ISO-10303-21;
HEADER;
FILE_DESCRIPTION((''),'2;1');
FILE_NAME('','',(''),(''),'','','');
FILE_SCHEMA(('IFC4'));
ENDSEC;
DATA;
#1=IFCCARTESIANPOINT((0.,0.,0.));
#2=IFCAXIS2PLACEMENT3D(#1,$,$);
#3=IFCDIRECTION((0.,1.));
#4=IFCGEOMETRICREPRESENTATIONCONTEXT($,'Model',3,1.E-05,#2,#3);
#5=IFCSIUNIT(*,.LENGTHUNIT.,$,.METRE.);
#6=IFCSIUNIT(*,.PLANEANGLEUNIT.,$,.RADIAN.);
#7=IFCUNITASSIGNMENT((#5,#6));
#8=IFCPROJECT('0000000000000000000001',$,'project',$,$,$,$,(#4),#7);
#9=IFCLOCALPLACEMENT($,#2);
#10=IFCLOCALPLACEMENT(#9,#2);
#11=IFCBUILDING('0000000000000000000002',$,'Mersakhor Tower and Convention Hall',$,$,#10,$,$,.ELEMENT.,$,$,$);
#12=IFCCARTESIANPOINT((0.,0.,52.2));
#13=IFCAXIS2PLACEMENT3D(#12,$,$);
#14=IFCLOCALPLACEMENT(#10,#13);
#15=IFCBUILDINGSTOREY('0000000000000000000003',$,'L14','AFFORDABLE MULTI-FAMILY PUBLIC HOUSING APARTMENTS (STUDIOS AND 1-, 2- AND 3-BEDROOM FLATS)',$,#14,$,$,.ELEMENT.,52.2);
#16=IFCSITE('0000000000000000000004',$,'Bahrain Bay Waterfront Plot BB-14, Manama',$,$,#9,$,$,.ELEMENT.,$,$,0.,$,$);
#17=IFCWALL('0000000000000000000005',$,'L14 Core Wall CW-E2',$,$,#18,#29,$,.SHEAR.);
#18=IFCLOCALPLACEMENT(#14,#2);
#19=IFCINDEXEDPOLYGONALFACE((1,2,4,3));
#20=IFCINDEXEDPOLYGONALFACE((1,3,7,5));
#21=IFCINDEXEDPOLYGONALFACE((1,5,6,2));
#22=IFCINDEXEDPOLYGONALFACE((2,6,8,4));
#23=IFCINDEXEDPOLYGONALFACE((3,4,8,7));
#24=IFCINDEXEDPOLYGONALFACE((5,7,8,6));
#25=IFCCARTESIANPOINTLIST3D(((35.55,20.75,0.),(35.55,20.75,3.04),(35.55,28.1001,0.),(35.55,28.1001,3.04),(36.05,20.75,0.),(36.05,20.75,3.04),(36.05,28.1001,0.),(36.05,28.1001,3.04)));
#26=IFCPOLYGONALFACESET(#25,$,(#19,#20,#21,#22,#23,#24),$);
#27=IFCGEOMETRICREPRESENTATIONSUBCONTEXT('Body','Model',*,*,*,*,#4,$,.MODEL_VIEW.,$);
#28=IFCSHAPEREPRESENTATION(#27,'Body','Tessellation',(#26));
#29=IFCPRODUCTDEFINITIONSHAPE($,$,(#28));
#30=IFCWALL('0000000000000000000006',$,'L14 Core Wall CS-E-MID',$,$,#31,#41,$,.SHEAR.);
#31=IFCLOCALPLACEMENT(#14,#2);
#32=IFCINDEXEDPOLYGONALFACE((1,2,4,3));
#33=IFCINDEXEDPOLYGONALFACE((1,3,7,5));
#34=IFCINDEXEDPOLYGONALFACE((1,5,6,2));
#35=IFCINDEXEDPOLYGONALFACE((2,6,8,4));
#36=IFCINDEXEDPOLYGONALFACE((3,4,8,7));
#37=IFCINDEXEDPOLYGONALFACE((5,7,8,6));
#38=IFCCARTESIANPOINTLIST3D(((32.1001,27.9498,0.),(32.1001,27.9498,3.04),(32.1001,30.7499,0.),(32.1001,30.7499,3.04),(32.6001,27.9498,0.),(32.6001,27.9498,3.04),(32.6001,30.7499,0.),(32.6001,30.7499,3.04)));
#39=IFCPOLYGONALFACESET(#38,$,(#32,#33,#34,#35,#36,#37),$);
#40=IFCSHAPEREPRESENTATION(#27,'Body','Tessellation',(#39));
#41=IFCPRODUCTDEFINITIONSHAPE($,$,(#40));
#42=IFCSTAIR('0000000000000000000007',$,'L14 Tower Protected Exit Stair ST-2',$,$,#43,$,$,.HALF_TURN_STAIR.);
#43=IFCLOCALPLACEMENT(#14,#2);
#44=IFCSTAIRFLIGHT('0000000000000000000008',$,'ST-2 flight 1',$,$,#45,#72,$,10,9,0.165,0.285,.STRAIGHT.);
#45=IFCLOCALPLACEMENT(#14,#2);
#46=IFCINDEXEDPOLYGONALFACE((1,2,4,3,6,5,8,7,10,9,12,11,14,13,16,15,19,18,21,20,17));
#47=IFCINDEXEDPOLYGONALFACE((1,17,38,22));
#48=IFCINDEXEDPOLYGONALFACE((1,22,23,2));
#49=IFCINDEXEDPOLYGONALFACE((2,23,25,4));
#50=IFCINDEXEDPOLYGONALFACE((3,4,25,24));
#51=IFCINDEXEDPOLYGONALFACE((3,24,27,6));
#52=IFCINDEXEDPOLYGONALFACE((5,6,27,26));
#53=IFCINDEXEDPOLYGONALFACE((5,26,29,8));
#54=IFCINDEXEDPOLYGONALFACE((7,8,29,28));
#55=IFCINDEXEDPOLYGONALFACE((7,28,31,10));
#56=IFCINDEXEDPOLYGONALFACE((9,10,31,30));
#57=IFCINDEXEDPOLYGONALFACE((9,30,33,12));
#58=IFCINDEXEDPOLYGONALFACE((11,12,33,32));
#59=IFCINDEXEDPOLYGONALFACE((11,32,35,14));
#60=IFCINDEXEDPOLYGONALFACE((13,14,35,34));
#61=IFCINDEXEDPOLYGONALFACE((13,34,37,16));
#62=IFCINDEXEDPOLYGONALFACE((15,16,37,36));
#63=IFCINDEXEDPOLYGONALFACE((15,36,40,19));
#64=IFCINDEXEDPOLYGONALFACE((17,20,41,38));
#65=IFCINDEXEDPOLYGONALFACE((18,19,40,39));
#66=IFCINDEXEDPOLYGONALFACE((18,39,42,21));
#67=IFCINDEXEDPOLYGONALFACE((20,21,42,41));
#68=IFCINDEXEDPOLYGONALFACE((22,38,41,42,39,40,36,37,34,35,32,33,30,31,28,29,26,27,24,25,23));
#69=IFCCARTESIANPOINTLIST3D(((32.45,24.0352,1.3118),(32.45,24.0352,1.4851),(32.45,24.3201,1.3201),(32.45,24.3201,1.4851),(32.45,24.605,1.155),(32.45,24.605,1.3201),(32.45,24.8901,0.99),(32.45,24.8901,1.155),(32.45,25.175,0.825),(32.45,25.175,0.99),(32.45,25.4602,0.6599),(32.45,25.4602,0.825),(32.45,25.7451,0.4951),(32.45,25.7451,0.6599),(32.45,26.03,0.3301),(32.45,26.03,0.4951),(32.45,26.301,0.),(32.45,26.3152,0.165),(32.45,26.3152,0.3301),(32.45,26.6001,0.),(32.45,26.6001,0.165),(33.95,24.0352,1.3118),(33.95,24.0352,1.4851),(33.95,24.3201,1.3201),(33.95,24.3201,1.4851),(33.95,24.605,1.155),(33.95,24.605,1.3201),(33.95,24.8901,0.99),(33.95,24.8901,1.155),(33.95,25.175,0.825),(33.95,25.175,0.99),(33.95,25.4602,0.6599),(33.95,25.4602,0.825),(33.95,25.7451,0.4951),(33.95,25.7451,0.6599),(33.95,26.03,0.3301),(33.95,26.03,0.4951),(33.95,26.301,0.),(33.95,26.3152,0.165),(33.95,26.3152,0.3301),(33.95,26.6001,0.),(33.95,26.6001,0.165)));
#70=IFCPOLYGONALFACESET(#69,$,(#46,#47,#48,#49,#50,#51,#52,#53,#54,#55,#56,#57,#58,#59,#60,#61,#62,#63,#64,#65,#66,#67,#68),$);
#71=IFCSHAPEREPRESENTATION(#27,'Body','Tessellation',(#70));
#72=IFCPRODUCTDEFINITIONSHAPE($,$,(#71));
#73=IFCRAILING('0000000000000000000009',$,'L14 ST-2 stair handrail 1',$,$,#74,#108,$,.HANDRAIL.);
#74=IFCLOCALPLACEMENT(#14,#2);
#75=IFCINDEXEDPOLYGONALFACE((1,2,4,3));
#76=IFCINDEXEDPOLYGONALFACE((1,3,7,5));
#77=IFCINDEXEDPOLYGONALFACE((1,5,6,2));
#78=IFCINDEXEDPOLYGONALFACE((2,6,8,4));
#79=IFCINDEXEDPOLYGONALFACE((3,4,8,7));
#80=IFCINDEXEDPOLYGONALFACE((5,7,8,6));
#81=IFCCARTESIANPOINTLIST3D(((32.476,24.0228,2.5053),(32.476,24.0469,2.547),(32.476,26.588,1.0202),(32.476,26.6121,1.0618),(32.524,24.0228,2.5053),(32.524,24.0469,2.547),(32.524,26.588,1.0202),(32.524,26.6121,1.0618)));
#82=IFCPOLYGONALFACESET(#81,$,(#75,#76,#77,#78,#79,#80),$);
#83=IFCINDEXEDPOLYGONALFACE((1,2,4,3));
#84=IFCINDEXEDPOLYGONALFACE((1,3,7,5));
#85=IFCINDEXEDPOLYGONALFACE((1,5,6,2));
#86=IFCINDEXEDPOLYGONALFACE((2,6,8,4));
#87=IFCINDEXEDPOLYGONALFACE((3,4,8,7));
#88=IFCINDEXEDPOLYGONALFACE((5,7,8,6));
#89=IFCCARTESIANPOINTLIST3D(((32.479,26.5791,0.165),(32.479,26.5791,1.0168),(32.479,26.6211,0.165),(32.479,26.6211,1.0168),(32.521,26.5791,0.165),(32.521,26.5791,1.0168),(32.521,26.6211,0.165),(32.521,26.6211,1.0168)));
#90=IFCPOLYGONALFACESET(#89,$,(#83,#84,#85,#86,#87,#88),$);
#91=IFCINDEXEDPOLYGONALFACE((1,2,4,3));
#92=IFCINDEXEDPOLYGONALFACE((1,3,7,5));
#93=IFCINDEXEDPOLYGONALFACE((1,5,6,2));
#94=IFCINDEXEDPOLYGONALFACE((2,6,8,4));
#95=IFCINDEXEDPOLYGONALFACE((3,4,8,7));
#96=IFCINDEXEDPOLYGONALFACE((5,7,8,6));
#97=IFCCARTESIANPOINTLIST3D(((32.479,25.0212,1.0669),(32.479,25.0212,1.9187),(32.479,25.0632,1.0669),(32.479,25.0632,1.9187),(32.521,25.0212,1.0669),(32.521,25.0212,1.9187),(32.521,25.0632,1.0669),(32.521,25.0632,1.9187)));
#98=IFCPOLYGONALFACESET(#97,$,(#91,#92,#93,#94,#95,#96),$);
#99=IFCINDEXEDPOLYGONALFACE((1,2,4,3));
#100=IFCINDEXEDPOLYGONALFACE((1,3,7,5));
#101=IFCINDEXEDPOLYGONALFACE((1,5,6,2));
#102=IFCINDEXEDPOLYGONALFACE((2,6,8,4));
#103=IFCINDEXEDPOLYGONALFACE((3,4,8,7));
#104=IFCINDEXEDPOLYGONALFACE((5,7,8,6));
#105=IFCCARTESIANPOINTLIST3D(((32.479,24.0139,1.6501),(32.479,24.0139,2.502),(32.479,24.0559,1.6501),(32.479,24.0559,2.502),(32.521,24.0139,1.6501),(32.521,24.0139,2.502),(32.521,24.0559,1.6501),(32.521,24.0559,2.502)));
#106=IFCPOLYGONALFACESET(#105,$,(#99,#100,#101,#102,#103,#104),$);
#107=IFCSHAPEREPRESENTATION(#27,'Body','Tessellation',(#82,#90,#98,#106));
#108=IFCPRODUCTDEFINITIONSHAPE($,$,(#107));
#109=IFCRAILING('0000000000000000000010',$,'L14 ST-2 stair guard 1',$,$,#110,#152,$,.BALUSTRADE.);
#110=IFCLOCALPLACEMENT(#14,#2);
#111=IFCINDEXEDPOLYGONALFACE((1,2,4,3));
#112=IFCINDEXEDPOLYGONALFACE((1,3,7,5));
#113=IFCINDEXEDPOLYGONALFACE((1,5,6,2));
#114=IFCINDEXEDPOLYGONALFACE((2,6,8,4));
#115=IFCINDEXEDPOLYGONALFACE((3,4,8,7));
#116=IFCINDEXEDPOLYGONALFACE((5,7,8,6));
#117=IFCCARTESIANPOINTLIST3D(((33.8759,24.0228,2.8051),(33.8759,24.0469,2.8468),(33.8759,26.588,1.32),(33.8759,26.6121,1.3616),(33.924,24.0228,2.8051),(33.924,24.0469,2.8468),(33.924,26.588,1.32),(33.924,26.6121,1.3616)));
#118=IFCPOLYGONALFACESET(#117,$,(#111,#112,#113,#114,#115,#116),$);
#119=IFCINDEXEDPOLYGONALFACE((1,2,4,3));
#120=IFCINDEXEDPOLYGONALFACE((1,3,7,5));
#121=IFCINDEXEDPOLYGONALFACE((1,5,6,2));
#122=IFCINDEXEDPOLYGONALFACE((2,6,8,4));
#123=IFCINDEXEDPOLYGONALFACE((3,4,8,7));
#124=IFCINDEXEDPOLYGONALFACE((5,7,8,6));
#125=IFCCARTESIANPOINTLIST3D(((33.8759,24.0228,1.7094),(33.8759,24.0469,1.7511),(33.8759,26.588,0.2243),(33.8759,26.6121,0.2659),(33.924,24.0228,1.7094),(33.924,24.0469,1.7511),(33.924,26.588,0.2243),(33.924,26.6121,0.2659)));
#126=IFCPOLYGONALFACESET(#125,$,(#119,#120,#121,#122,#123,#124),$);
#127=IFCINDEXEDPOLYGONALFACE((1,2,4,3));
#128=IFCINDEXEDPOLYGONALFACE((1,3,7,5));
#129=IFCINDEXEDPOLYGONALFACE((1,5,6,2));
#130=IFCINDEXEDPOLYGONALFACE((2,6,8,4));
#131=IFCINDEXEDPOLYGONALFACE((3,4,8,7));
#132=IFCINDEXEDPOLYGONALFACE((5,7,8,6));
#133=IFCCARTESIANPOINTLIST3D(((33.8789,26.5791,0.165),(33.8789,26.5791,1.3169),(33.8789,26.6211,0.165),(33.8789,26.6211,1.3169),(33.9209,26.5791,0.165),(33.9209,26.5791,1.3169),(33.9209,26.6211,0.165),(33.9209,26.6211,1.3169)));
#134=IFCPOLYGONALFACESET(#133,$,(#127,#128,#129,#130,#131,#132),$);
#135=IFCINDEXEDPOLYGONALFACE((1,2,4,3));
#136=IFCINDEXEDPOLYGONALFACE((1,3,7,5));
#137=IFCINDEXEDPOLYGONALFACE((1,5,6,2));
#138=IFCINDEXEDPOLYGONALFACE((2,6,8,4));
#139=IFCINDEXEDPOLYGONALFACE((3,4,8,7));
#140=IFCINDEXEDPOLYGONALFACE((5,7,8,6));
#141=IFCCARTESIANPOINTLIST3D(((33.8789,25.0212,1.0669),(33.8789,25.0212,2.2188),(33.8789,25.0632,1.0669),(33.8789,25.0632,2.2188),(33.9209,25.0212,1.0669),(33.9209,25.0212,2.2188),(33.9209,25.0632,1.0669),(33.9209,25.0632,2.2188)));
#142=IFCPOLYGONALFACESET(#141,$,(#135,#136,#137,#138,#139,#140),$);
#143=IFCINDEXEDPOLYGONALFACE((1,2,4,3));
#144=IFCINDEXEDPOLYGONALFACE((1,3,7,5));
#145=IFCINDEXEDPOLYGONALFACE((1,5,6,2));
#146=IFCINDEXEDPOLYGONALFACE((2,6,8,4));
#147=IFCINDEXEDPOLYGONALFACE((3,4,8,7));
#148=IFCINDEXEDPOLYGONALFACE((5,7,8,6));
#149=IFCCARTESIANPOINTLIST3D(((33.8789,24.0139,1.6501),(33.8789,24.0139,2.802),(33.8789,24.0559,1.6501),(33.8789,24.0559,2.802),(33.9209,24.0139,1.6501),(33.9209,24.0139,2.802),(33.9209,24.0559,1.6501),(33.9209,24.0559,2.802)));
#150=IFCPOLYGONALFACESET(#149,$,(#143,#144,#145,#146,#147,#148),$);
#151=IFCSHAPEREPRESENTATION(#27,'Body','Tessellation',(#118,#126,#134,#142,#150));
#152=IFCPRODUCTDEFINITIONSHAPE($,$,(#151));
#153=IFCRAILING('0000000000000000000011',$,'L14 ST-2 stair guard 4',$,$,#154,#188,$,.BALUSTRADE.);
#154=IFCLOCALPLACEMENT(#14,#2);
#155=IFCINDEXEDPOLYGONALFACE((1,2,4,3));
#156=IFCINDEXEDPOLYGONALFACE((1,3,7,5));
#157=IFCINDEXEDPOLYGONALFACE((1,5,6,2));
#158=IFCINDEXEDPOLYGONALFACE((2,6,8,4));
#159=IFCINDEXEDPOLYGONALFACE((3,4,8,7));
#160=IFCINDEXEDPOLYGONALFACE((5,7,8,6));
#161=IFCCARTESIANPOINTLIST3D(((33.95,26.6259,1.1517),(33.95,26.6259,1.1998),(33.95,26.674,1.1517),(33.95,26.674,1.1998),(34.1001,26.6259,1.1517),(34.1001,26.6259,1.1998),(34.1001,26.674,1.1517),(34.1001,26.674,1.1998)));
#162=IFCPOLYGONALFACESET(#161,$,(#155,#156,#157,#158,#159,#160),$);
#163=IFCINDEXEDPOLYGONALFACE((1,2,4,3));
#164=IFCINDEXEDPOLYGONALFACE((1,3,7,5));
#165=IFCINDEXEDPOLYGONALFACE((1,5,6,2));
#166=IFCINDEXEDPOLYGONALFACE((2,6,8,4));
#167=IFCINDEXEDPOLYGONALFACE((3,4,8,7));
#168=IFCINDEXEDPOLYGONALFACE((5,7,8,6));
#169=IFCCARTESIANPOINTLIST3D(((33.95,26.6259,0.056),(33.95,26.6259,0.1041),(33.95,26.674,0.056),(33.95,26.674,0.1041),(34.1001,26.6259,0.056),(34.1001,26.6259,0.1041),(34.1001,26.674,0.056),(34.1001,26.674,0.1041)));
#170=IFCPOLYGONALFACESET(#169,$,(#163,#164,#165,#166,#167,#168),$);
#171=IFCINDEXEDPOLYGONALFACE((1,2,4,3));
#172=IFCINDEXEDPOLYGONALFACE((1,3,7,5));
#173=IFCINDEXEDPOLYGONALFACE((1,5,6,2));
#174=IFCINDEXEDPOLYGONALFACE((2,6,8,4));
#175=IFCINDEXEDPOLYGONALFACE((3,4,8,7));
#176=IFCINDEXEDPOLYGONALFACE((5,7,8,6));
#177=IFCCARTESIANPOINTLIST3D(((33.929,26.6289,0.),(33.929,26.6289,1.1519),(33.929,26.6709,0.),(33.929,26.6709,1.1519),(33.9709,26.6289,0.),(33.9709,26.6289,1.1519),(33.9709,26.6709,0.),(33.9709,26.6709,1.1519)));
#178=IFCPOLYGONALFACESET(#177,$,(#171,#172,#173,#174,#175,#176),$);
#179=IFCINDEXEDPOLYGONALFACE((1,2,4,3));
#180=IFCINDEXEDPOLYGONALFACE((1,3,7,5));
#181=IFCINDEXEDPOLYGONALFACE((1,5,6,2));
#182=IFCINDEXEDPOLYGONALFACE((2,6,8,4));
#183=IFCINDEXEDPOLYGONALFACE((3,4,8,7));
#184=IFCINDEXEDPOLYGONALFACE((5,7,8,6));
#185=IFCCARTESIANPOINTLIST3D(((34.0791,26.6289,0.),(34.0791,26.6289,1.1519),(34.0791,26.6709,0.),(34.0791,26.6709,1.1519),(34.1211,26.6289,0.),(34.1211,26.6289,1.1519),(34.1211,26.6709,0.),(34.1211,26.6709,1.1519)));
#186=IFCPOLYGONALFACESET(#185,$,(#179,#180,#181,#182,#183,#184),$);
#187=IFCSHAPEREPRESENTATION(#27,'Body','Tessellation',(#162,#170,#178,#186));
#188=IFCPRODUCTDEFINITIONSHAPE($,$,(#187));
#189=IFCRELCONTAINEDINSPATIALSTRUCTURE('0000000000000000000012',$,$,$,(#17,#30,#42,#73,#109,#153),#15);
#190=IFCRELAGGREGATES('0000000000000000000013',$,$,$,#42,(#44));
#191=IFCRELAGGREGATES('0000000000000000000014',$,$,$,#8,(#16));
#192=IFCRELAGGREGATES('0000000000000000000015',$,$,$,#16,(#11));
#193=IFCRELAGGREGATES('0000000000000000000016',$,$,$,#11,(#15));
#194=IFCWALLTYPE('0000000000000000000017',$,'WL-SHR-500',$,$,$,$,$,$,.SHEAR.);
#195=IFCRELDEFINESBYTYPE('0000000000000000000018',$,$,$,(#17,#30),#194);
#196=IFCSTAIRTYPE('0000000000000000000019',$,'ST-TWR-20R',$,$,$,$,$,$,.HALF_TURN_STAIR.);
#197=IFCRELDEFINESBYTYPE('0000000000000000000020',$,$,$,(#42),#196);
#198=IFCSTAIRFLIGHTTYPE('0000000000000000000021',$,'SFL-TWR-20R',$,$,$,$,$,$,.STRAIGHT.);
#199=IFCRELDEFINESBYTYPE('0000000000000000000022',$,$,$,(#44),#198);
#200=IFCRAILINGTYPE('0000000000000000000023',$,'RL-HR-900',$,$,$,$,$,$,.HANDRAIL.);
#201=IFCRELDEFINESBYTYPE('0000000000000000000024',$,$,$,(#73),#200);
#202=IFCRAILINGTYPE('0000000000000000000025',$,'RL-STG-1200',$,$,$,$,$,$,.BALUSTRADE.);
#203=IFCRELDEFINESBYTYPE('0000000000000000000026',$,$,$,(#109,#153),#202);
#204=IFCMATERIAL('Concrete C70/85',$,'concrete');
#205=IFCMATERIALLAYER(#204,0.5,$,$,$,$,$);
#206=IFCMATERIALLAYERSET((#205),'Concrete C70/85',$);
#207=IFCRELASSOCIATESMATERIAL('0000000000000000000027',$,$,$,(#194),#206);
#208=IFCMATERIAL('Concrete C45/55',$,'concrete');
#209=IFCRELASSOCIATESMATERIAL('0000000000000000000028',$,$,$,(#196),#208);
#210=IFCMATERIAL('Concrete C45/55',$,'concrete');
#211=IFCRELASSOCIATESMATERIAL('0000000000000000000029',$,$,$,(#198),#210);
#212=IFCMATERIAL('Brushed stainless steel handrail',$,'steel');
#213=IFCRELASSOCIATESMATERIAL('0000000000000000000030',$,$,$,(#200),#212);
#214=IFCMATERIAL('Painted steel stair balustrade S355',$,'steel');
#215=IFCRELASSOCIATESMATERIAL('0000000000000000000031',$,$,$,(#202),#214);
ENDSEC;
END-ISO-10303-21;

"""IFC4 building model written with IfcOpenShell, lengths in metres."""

from ifc_helpers import new_model, si_unit, direction, frame, frame_2d, origin, origin_2d, place, context, subcontext, project, spatial, polyline, rectangle, outline, extrude, material, layer, layer_set, type_object, element, aggregate, save


model = new_model("IFC4")

# Units and contexts
model_context = context("Model", 3, precision=1e-05, world=origin(), true_north=direction((0.0, 1.0)))
body_context = subcontext(model_context, "Body", "Model", "MODEL_VIEW")
ifc_project = project(units=[si_unit("LENGTHUNIT", "METRE"), si_unit("PLANEANGLEUNIT", "RADIAN")], contexts=[model_context])

# Site, building, storey
site_placement = place(None, origin())
site = spatial("IfcSite", under=ifc_project, at=site_placement, Name="Bahrain Bay Waterfront Plot BB-14, Manama", CompositionType="ELEMENT", RefElevation=0.0)
building_placement = place(site_placement, origin())
building = spatial("IfcBuilding", under=site, at=building_placement, Name="Mersakhor Tower and Convention Hall", CompositionType="ELEMENT")
storey_placement = place(building_placement, frame((0.0, 0.0, 52.2)))
storey = spatial("IfcBuildingStorey", under=building, at=storey_placement, Name="L14", Description="AFFORDABLE MULTI-FAMILY PUBLIC HOUSING APARTMENTS (STUDIOS AND 1-, 2- AND 3-BEDROOM FLATS)", CompositionType="ELEMENT", Elevation=52.2)

# Shared definitions
ifc_material_1 = material(Name="Concrete C70/85", Category="concrete")
ifc_layer_1 = layer(ifc_material_1, 0.5)
ifc_layer_set_1 = layer_set([ifc_layer_1], Name="Concrete C70/85")
wall_type_1 = type_object("IfcWallType", Name="WL-SHR-500", PredefinedType="SHEAR", material=ifc_layer_set_1)

# Walls
wall_1_placement = place(storey_placement, frame((35.8, 28.1001, 0.0), z_axis=(0.0, 0.0, 1.0), x_axis=(0.0, -1.0, 0.0)))
element("IfcWall", 1, at=wall_1_placement, inside=storey, type_object=wall_type_1, Name="L14 Core Wall CW-E2", PredefinedType="SHEAR", context=body_context, shape_type="SweptSolid", body=[
    extrude(rectangle(XDim=7.3501, YDim=0.5, at=frame_2d((3.675, 0.0))), origin(), (0.0, 0.0, 1.0), 3.04),
])
wall_2_placement = place(storey_placement, frame((32.3501, 27.95, 0.0), z_axis=(0.0, 0.0, 1.0), x_axis=(0.0, 1.0, 0.0)))
element("IfcWall", 2, at=wall_2_placement, inside=storey, type_object=wall_type_1, Name="L14 Core Wall CS-E-MID", PredefinedType="SHEAR", context=body_context, shape_type="SweptSolid", body=[
    extrude(rectangle(XDim=2.8, YDim=0.5, at=frame_2d((1.3999, 0.0))), origin(), (0.0, 0.0, 1.0), 3.04),
])

# Stair, stair flight
ifc_material_2 = material(Name="Concrete C45/55", Category="concrete")
stair_type = type_object("IfcStairType", Name="ST-TWR-20R", PredefinedType="HALF_TURN_STAIR", material=ifc_material_2)
stair_placement = place(storey_placement, origin())
stair = element("IfcStair", 3, at=stair_placement, inside=storey, type_object=stair_type, Name="L14 Tower Protected Exit Stair ST-2", PredefinedType="HALF_TURN_STAIR")
ifc_material_3 = material(Name="Concrete C45/55", Category="concrete")
stair_flight_type = type_object("IfcStairFlightType", Name="SFL-TWR-20R", PredefinedType="STRAIGHT", material=ifc_material_3)
stair_flight_placement = place(storey_placement, frame((33.2, 26.6001, 0.0), z_axis=(0.0, 0.0, 1.0), x_axis=(0.0, -1.0, 0.0)))
stair_flight = element("IfcStairFlight", 4, at=stair_flight_placement, type_object=stair_flight_type, Name="ST-2 flight 1", NumberOfRisers=10, NumberOfTreads=9, PredefinedType="STRAIGHT", RiserHeight=0.165, TreadLength=0.285, context=body_context, shape_type="SweptSolid", body=[
    extrude(outline(polyline([(0.0, 0.0), (0.0, 0.165), (0.2849, 0.165), (0.2849, 0.3301), (0.5701, 0.3301), (0.5701, 0.4951), (0.855, 0.4951), (0.855, 0.6599), (1.1399, 0.6599), (1.1399, 0.825), (1.425, 0.825), (1.425, 0.99), (1.71, 0.99), (1.71, 1.155), (1.9951, 1.155), (1.9951, 1.3201), (2.28, 1.3201), (2.28, 1.4851), (2.5649, 1.4851), (2.5649, 1.6499), (2.5649, 1.3118), (0.2991, 0.0), (0.0, 0.0)])), frame((0.0, 0.75, 0.0), z_axis=(0.0, -1.0, 0.0), x_axis=(1.0, 0.0, 0.0)), (0.0, 0.0, 1.0), 1.5),
])
aggregate(stair, [stair_flight])

# Railings
ifc_material_4 = material(Name="Brushed stainless steel handrail", Category="steel")
railing_type_1 = type_object("IfcRailingType", Name="RL-HR-900", PredefinedType="HANDRAIL", material=ifc_material_4)
railing_1_placement = place(storey_placement, frame((32.5, 26.6001, 0.165)))
element("IfcRailing", 5, at=railing_1_placement, inside=storey, type_object=railing_type_1, Name="L14 ST-2 stair handrail 1", PredefinedType="HANDRAIL", context=body_context, shape_type="SweptSolid", body=[
    extrude(rectangle(XDim=0.0481, YDim=0.0481, at=origin_2d()), frame((0.0, 0.0, 0.876), z_axis=(0.0, -0.865426, 0.501036), x_axis=(1.0, 0.0, 0.0)), (0.0, 0.0, 1.0), 2.9641),
    extrude(rectangle(XDim=0.042, YDim=0.042, at=origin_2d()), origin(), (0.0, 0.0, 1.0), 0.8518),
    extrude(rectangle(XDim=0.042, YDim=0.042, at=origin_2d()), frame((0.0, -1.5579, 0.9019)), (0.0, 0.0, 1.0), 0.8518),
    extrude(rectangle(XDim=0.042, YDim=0.042, at=origin_2d()), frame((0.0, -2.5652, 1.4851)), (0.0, 0.0, 1.0), 0.8518),
])
ifc_material_5 = material(Name="Painted steel stair balustrade S355", Category="steel")
railing_type_2 = type_object("IfcRailingType", Name="RL-STG-1200", PredefinedType="BALUSTRADE", material=ifc_material_5)
railing_2_placement = place(storey_placement, frame((33.8999, 26.6001, 0.165)))
element("IfcRailing", 6, at=railing_2_placement, inside=storey, type_object=railing_type_2, Name="L14 ST-2 stair guard 1", PredefinedType="BALUSTRADE", context=body_context, shape_type="SweptSolid", body=[
    extrude(rectangle(XDim=0.0481, YDim=0.0481, at=origin_2d()), frame((0.0, 0.0, 1.1758), z_axis=(0.0, -0.865426, 0.501036), x_axis=(1.0, 0.0, 0.0)), (0.0, 0.0, 1.0), 2.9641),
    extrude(rectangle(XDim=0.0481, YDim=0.0481, at=origin_2d()), frame((0.0, 0.0, 0.0801), z_axis=(0.0, -0.865426, 0.501036), x_axis=(1.0, 0.0, 0.0)), (0.0, 0.0, 1.0), 2.9641),
    extrude(rectangle(XDim=0.042, YDim=0.042, at=origin_2d()), origin(), (0.0, 0.0, 1.0), 1.1519),
    extrude(rectangle(XDim=0.042, YDim=0.042, at=origin_2d()), frame((0.0, -1.5579, 0.9019)), (0.0, 0.0, 1.0), 1.1519),
    extrude(rectangle(XDim=0.042, YDim=0.042, at=origin_2d()), frame((0.0, -2.5652, 1.4851)), (0.0, 0.0, 1.0), 1.1519),
])
railing_3_placement = place(storey_placement, frame((33.95, 26.6499, 0.0)))
element("IfcRailing", 7, at=railing_3_placement, inside=storey, type_object=railing_type_2, Name="L14 ST-2 stair guard 4", PredefinedType="BALUSTRADE", context=body_context, shape_type="SweptSolid", body=[
    extrude(rectangle(XDim=0.0481, YDim=0.0481, at=origin_2d()), frame((0.0, 0.0, 1.1758), z_axis=(1.0, 0.0, 0.0), x_axis=(0.0, 1.0, 0.0)), (0.0, 0.0, 1.0), 0.1501),
    extrude(rectangle(XDim=0.0481, YDim=0.0481, at=origin_2d()), frame((0.0, 0.0, 0.0801), z_axis=(1.0, 0.0, 0.0), x_axis=(0.0, 1.0, 0.0)), (0.0, 0.0, 1.0), 0.1501),
    extrude(rectangle(XDim=0.042, YDim=0.042, at=origin_2d()), origin(), (0.0, 0.0, 1.0), 1.1519),
    extrude(rectangle(XDim=0.042, YDim=0.042, at=origin_2d()), frame((0.1501, 0.0, 0.0)), (0.0, 0.0, 1.0), 1.1519),
])

save(model, "model.ifc")
